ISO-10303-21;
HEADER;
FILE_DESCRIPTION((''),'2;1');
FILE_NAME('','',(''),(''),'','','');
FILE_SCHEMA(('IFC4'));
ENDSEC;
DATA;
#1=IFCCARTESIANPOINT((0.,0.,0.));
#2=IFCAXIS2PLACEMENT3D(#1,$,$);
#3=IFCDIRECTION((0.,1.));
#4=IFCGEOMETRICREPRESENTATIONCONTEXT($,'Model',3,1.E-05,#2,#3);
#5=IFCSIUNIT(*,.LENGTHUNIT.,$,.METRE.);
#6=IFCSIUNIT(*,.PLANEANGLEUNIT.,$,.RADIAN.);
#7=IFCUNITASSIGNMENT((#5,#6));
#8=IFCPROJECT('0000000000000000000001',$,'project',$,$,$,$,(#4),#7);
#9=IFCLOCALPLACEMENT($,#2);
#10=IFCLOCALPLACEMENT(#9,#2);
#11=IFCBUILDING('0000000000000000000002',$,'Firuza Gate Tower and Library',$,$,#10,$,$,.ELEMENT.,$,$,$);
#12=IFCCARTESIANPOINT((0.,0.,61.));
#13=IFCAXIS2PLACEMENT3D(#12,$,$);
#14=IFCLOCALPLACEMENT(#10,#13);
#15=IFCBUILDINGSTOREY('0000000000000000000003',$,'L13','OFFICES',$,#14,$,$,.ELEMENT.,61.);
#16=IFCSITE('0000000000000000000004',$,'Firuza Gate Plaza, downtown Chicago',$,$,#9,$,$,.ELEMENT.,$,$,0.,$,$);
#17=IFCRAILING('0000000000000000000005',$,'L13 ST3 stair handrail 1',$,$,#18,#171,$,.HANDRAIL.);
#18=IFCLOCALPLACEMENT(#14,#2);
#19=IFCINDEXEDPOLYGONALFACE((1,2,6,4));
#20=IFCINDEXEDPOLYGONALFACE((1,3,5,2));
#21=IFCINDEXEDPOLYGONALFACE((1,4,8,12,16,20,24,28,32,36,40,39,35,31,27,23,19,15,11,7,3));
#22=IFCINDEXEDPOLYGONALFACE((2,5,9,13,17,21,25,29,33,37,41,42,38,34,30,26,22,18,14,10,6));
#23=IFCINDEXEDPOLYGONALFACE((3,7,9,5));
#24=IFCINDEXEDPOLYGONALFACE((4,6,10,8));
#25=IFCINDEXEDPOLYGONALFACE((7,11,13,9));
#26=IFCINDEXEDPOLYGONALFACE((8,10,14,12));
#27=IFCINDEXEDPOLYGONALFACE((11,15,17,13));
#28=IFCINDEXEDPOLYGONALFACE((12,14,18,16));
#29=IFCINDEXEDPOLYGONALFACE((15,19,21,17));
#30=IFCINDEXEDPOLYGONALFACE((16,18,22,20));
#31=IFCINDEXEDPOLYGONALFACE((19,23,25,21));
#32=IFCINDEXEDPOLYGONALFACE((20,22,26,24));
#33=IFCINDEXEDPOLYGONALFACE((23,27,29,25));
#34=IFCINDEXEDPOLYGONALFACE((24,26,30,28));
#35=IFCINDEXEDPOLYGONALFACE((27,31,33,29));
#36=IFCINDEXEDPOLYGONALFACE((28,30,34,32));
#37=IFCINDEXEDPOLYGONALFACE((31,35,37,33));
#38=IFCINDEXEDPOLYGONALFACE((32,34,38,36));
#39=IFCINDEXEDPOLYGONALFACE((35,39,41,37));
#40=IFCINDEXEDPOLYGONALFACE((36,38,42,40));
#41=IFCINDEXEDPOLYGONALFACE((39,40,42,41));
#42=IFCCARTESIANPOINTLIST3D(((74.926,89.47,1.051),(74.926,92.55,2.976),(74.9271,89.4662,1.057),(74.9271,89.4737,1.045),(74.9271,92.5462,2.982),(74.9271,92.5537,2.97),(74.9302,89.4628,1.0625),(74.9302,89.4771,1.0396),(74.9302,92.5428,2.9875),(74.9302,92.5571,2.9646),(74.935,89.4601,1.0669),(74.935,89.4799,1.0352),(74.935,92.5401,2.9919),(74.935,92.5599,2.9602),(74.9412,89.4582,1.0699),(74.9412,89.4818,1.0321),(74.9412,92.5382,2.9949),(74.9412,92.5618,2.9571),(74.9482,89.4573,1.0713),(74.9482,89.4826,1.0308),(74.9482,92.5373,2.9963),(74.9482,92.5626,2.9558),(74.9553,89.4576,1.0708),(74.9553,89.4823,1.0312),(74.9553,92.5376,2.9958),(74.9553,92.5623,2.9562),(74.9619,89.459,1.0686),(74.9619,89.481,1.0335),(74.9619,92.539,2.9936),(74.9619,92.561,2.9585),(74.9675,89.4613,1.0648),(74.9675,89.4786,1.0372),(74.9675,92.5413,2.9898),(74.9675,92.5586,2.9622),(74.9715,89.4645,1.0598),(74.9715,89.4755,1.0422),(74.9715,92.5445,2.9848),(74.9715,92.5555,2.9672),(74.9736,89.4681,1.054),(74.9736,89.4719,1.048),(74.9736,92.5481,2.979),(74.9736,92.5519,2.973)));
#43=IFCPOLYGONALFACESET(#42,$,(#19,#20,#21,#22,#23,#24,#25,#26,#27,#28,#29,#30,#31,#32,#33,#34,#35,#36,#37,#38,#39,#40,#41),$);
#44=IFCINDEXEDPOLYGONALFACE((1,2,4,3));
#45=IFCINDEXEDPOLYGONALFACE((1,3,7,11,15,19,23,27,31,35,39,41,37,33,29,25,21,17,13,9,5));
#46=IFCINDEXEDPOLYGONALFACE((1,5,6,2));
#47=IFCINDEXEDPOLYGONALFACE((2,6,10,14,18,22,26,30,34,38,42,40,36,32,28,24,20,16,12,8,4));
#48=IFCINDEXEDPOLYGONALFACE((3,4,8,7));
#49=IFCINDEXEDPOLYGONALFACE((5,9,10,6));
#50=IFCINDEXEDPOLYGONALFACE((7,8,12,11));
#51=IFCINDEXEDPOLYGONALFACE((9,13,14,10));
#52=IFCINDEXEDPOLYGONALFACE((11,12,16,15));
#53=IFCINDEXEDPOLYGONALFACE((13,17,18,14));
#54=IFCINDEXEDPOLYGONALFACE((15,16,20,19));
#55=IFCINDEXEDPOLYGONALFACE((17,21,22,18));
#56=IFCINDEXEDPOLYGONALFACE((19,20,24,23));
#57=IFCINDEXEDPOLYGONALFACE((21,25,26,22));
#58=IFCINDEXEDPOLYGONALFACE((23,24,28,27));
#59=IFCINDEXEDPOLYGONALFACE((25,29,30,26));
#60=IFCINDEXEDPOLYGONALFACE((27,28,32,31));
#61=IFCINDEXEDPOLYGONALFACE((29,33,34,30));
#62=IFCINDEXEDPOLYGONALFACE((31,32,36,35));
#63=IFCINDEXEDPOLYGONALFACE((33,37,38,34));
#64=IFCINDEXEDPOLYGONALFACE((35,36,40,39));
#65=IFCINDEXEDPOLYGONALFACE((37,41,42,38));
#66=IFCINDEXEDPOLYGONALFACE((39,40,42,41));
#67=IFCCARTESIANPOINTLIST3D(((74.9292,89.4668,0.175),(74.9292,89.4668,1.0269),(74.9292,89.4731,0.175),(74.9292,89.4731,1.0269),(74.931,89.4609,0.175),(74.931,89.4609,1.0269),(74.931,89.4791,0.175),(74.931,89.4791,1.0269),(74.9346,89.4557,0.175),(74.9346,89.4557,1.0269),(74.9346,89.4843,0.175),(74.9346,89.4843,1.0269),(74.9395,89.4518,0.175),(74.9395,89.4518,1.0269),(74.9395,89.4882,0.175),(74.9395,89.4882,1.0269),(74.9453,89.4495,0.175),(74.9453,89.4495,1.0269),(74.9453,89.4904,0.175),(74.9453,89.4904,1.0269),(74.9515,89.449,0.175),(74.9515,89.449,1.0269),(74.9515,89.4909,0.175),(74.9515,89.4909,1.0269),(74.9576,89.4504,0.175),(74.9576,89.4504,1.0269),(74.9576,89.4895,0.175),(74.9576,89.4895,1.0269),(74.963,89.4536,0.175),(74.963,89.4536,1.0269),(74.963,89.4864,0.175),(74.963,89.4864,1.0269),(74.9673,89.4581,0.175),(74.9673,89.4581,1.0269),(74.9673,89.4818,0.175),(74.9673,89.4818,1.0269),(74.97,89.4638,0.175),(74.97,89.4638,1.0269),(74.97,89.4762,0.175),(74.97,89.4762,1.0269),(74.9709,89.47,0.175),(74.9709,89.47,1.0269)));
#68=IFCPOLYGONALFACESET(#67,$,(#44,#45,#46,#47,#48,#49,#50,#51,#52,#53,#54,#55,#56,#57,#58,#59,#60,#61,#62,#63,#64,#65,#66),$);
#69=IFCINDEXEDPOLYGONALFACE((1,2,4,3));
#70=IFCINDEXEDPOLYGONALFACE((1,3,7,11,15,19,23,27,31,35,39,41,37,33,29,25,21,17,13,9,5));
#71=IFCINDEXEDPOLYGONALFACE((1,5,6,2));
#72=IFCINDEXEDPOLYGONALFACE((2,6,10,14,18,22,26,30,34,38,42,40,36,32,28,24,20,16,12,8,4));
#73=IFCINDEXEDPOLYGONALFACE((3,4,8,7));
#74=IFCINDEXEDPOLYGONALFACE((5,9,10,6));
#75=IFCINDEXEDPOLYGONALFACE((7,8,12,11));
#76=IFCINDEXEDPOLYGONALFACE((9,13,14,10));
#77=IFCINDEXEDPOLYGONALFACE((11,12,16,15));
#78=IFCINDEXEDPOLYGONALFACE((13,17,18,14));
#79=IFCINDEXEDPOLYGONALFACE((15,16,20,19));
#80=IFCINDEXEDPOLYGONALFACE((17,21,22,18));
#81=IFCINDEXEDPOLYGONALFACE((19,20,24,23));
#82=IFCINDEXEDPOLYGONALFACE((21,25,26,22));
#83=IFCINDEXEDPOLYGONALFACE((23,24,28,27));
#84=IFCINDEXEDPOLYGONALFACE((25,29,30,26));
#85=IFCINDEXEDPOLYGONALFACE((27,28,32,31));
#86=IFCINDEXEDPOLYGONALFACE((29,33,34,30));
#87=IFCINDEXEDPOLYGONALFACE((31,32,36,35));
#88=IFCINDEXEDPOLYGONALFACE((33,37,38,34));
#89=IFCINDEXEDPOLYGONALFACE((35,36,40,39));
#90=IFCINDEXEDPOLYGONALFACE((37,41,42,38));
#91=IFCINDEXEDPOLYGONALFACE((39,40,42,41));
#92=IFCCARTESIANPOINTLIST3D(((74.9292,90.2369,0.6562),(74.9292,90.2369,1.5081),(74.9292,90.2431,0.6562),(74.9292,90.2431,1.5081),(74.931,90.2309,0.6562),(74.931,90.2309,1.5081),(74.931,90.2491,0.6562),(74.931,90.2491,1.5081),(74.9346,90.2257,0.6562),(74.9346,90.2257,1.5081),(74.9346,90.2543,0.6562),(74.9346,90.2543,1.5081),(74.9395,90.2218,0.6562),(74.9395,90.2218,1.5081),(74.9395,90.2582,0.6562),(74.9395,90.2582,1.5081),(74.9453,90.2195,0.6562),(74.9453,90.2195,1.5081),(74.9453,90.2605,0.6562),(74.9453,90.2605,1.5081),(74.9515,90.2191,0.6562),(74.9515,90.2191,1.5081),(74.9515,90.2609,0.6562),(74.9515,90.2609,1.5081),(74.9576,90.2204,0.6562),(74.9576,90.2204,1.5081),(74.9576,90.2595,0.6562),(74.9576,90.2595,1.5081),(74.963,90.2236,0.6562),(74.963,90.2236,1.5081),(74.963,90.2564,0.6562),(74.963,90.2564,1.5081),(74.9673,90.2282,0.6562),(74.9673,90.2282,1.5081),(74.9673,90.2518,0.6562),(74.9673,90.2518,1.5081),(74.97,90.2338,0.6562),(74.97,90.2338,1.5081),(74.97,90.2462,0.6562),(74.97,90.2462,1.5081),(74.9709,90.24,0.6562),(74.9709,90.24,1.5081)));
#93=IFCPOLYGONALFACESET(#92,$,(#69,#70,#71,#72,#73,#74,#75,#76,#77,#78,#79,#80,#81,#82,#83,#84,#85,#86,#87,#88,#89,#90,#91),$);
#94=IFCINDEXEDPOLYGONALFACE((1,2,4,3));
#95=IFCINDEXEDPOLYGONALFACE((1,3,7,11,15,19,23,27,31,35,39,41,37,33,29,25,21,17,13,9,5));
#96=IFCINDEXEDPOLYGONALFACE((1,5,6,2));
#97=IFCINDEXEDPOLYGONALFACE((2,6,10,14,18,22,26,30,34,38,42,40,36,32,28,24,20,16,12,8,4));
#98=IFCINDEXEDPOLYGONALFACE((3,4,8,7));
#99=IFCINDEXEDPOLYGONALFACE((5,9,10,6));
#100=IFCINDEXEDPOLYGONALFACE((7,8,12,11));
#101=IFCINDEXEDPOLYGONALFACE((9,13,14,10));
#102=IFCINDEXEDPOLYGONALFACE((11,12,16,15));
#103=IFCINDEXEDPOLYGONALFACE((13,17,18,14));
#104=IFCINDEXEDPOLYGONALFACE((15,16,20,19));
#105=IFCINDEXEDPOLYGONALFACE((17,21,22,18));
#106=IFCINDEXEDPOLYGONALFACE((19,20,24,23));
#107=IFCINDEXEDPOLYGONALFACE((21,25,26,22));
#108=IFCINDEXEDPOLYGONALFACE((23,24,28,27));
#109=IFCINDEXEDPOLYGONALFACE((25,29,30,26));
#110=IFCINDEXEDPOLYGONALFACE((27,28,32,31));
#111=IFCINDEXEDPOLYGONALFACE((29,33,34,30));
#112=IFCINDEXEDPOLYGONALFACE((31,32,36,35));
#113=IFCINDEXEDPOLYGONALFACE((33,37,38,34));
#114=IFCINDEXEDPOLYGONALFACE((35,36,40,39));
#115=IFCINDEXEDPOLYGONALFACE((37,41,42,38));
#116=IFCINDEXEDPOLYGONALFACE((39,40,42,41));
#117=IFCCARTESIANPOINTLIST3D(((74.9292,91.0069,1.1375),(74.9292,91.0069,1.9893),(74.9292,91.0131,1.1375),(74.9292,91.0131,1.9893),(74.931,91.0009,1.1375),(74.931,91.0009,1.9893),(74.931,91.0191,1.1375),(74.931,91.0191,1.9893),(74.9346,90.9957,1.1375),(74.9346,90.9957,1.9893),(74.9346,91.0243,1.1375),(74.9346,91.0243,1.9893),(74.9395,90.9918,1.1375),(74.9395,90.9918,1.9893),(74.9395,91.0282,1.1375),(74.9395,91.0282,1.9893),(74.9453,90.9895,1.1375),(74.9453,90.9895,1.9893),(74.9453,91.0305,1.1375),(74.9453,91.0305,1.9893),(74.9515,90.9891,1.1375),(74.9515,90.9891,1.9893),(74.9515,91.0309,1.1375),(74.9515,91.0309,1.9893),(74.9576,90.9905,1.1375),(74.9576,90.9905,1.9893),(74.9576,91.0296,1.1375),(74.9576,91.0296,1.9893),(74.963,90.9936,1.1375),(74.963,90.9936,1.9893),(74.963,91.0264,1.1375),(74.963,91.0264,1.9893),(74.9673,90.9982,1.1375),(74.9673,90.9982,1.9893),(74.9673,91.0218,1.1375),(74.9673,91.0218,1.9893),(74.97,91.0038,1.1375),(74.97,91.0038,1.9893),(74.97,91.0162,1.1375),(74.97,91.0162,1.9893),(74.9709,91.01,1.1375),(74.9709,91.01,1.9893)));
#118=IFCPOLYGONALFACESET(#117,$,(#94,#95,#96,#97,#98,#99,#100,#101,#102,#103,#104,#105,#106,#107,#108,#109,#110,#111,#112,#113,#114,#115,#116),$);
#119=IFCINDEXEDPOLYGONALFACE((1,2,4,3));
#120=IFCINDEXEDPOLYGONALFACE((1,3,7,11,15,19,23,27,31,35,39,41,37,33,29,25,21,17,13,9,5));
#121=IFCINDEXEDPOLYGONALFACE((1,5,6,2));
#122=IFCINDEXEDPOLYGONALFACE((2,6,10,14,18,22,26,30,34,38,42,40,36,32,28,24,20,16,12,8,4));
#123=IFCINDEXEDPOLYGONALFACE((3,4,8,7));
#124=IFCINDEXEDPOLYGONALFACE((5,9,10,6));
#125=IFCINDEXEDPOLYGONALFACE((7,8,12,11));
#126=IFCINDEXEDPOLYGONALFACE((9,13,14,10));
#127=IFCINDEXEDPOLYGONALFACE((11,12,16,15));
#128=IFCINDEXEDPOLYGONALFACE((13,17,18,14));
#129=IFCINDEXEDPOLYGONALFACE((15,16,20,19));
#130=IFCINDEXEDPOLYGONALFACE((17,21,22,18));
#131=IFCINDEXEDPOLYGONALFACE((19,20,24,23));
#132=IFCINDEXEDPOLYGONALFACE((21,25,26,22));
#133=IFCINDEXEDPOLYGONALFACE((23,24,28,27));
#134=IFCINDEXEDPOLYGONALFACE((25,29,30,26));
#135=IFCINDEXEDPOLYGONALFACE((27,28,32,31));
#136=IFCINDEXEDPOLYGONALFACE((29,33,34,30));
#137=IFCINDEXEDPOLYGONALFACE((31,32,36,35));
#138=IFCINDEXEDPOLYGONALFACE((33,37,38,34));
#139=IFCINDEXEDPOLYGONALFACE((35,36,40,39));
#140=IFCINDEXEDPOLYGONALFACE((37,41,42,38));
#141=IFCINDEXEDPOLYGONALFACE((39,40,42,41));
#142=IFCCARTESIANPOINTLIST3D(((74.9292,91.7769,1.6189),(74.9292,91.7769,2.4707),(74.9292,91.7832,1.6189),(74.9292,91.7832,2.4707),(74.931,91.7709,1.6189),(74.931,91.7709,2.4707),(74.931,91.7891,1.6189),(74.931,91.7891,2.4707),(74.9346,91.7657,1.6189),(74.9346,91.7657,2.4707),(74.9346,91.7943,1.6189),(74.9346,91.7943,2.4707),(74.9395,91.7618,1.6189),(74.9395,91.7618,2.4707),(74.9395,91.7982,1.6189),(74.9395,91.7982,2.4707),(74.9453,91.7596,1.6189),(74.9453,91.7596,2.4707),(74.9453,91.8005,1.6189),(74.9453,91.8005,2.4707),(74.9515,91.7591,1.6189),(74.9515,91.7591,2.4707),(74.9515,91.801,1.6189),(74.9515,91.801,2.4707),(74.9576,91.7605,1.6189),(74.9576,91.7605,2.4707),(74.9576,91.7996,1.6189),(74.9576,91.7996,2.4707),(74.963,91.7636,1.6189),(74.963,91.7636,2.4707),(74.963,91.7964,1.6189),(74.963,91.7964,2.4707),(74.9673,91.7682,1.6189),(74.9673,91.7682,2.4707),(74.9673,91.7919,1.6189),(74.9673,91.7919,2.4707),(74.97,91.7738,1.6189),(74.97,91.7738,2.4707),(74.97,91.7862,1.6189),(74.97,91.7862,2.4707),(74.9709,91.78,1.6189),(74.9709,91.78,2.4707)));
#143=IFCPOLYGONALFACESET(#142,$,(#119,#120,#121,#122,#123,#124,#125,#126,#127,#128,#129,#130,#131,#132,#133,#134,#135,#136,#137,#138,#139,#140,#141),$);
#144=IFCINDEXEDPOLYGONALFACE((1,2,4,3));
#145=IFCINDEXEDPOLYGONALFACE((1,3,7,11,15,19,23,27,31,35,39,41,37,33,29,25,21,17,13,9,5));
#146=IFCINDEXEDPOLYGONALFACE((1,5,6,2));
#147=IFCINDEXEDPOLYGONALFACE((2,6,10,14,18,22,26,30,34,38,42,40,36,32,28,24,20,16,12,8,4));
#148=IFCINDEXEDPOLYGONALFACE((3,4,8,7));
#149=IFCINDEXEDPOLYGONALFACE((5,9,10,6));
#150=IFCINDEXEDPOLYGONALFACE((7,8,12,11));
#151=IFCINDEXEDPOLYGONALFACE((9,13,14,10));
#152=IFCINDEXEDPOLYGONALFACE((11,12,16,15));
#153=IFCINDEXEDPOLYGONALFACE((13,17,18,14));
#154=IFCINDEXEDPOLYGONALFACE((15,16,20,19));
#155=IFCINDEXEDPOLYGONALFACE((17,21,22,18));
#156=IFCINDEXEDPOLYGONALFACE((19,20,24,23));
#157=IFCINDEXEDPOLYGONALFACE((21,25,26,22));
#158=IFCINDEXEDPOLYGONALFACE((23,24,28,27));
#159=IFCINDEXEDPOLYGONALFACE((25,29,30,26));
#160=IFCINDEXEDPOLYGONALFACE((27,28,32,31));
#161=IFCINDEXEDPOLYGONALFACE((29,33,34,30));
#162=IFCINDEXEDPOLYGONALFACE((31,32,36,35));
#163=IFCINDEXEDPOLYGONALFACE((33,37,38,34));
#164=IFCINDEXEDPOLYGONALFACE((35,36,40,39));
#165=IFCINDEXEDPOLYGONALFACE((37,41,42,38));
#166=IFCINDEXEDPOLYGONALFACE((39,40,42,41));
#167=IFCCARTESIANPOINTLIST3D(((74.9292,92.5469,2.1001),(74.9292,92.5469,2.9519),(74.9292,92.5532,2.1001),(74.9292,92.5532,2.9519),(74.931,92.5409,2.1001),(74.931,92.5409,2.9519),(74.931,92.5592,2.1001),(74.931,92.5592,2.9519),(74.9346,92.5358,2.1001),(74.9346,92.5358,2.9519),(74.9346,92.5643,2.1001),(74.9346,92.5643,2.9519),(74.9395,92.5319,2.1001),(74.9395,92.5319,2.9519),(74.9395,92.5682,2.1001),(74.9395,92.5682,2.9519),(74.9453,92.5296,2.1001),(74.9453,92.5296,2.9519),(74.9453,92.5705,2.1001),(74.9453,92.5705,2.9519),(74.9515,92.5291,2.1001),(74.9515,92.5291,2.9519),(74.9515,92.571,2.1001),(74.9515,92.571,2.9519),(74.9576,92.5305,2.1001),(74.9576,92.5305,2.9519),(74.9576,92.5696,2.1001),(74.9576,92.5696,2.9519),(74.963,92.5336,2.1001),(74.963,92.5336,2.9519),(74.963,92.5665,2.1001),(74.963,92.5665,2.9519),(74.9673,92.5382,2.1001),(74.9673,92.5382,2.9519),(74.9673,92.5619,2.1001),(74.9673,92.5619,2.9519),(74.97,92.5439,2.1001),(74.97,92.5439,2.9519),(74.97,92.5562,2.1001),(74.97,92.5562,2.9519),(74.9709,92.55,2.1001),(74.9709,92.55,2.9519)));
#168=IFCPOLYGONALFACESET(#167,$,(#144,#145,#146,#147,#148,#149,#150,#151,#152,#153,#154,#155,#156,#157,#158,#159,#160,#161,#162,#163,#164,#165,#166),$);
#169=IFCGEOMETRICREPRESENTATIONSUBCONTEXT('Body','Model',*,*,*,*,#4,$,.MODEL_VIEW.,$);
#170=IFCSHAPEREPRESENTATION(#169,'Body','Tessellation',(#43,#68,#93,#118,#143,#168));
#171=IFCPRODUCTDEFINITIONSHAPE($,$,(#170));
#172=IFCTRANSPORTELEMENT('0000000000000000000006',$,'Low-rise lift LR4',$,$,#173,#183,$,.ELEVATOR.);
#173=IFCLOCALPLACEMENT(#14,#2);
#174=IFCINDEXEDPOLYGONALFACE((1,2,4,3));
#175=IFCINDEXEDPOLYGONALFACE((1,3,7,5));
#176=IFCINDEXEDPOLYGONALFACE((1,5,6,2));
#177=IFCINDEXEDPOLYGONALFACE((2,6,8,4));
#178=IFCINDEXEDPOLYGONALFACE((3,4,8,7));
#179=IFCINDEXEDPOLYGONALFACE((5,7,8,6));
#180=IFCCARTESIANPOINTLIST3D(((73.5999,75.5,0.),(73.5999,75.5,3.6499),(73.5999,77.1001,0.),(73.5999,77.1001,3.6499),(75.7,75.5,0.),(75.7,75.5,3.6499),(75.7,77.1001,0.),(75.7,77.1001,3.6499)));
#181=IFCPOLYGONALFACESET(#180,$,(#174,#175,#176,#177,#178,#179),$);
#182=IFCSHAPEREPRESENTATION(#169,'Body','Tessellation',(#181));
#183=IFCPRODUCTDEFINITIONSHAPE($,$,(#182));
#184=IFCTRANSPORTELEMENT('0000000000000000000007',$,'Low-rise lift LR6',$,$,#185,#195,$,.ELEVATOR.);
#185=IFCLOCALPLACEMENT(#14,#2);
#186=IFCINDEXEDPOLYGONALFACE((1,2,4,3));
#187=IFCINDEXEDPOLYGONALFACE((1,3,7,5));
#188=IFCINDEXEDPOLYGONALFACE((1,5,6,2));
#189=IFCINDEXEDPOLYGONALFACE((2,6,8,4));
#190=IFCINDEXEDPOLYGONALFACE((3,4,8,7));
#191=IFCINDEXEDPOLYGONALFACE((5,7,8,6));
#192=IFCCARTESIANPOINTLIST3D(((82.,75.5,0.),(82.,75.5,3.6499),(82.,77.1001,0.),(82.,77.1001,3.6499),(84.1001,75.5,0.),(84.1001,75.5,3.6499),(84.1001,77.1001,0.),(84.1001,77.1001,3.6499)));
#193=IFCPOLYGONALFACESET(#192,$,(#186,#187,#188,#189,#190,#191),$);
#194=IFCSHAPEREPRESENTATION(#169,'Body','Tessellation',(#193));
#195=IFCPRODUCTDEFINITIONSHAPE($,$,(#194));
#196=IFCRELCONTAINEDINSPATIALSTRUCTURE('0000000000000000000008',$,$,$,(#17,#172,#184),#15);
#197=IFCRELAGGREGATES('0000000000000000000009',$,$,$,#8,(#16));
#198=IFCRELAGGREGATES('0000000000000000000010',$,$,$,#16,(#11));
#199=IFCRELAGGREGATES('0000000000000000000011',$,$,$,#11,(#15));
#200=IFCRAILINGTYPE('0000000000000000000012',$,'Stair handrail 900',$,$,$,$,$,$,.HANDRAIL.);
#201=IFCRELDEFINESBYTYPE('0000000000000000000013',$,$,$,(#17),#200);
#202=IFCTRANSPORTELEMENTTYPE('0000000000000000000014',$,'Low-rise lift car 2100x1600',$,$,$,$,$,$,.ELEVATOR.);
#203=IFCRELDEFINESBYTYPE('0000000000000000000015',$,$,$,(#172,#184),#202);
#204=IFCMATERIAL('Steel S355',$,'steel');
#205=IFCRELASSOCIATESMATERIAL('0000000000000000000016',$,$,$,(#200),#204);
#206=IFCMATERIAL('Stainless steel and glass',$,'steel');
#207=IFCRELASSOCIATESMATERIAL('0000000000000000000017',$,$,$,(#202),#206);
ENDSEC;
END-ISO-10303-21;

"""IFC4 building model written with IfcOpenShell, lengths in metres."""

from ifc_helpers import new_model, si_unit, direction, frame, origin, origin_2d, place, context, subcontext, project, spatial, rectangle, circle, extrude, material, type_object, element, save


model = new_model("IFC4")

# Units and contexts
model_context = context("Model", 3, precision=1e-05, world=origin(), true_north=direction((0.0, 1.0)))
body_context = subcontext(model_context, "Body", "Model", "MODEL_VIEW")
ifc_project = project(units=[si_unit("LENGTHUNIT", "METRE"), si_unit("PLANEANGLEUNIT", "RADIAN")], contexts=[model_context])

# Site, building, storey
site_placement = place(None, origin())
site = spatial("IfcSite", under=ifc_project, at=site_placement, Name="Firuza Gate Plaza, downtown Chicago", CompositionType="ELEMENT", RefElevation=0.0)
building_placement = place(site_placement, origin())
building = spatial("IfcBuilding", under=site, at=building_placement, Name="Firuza Gate Tower and Library", CompositionType="ELEMENT")
storey_placement = place(building_placement, frame((0.0, 0.0, 61.0)))
storey = spatial("IfcBuildingStorey", under=building, at=storey_placement, Name="L13", Description="OFFICES", CompositionType="ELEMENT", Elevation=61.0)

# Railing
ifc_material_1 = material(Name="Steel S355", Category="steel")
railing_type_1 = type_object("IfcRailingType", Name="Stair handrail 900", PredefinedType="HANDRAIL", material=ifc_material_1)
railing_1_placement = place(storey_placement, frame((74.95, 89.47, 0.175)))
element("IfcRailing", 1, at=railing_1_placement, inside=storey, type_object=railing_type_1, Name="L13 ST3 stair handrail 1", PredefinedType="HANDRAIL", context=body_context, shape_type="SweptSolid", body=[
    extrude(circle(Radius=0.0239, at=origin_2d()), frame((0.0, 0.0, 0.876), z_axis=(0.0, 0.847998, 0.529999), x_axis=(-1.0, 0.0, 0.0)), (0.0, 0.0, 1.0), 3.6321),
    extrude(circle(Radius=0.021, at=origin_2d()), origin(), (0.0, 0.0, 1.0), 0.8518),
    extrude(circle(Radius=0.021, at=origin_2d()), frame((0.0, 0.77, 0.4812)), (0.0, 0.0, 1.0), 0.8518),
    extrude(circle(Radius=0.021, at=origin_2d()), frame((0.0, 1.54, 0.9624)), (0.0, 0.0, 1.0), 0.8518),
    extrude(circle(Radius=0.021, at=origin_2d()), frame((0.0, 2.3101, 1.4438)), (0.0, 0.0, 1.0), 0.8518),
    extrude(circle(Radius=0.021, at=origin_2d()), frame((0.0, 3.0801, 1.925)), (0.0, 0.0, 1.0), 0.8518),
])

# Transport elements
ifc_material_2 = material(Name="Stainless steel and glass", Category="steel")
transport_element_type = type_object("IfcTransportElementType", Name="Low-rise lift car 2100x1600", PredefinedType="ELEVATOR", material=ifc_material_2)
for number, where, z_axis, x_axis, name in (
    (2, (74.6499, 76.3, 0.0), (0.0, 0.0, 1.0), (1.0, 0.0, 0.0), "Low-rise lift LR4"),
    (3, (83.05, 76.3, 0.0), (0.0, 0.0, 1.0), (1.0, 0.0, 0.0), "Low-rise lift LR6"),
):
    element("IfcTransportElement", number, at=place(storey_placement, frame(where, z_axis=z_axis, x_axis=x_axis)), inside=storey, type_object=transport_element_type, Name=name, PredefinedType="ELEVATOR", context=body_context, shape_type="SweptSolid", body=[
        extrude(rectangle(XDim=2.1001, YDim=1.6001, at=origin_2d()), origin(), (0.0, 0.0, 1.0), 3.6499),
    ])

save(model, "model.ifc")
